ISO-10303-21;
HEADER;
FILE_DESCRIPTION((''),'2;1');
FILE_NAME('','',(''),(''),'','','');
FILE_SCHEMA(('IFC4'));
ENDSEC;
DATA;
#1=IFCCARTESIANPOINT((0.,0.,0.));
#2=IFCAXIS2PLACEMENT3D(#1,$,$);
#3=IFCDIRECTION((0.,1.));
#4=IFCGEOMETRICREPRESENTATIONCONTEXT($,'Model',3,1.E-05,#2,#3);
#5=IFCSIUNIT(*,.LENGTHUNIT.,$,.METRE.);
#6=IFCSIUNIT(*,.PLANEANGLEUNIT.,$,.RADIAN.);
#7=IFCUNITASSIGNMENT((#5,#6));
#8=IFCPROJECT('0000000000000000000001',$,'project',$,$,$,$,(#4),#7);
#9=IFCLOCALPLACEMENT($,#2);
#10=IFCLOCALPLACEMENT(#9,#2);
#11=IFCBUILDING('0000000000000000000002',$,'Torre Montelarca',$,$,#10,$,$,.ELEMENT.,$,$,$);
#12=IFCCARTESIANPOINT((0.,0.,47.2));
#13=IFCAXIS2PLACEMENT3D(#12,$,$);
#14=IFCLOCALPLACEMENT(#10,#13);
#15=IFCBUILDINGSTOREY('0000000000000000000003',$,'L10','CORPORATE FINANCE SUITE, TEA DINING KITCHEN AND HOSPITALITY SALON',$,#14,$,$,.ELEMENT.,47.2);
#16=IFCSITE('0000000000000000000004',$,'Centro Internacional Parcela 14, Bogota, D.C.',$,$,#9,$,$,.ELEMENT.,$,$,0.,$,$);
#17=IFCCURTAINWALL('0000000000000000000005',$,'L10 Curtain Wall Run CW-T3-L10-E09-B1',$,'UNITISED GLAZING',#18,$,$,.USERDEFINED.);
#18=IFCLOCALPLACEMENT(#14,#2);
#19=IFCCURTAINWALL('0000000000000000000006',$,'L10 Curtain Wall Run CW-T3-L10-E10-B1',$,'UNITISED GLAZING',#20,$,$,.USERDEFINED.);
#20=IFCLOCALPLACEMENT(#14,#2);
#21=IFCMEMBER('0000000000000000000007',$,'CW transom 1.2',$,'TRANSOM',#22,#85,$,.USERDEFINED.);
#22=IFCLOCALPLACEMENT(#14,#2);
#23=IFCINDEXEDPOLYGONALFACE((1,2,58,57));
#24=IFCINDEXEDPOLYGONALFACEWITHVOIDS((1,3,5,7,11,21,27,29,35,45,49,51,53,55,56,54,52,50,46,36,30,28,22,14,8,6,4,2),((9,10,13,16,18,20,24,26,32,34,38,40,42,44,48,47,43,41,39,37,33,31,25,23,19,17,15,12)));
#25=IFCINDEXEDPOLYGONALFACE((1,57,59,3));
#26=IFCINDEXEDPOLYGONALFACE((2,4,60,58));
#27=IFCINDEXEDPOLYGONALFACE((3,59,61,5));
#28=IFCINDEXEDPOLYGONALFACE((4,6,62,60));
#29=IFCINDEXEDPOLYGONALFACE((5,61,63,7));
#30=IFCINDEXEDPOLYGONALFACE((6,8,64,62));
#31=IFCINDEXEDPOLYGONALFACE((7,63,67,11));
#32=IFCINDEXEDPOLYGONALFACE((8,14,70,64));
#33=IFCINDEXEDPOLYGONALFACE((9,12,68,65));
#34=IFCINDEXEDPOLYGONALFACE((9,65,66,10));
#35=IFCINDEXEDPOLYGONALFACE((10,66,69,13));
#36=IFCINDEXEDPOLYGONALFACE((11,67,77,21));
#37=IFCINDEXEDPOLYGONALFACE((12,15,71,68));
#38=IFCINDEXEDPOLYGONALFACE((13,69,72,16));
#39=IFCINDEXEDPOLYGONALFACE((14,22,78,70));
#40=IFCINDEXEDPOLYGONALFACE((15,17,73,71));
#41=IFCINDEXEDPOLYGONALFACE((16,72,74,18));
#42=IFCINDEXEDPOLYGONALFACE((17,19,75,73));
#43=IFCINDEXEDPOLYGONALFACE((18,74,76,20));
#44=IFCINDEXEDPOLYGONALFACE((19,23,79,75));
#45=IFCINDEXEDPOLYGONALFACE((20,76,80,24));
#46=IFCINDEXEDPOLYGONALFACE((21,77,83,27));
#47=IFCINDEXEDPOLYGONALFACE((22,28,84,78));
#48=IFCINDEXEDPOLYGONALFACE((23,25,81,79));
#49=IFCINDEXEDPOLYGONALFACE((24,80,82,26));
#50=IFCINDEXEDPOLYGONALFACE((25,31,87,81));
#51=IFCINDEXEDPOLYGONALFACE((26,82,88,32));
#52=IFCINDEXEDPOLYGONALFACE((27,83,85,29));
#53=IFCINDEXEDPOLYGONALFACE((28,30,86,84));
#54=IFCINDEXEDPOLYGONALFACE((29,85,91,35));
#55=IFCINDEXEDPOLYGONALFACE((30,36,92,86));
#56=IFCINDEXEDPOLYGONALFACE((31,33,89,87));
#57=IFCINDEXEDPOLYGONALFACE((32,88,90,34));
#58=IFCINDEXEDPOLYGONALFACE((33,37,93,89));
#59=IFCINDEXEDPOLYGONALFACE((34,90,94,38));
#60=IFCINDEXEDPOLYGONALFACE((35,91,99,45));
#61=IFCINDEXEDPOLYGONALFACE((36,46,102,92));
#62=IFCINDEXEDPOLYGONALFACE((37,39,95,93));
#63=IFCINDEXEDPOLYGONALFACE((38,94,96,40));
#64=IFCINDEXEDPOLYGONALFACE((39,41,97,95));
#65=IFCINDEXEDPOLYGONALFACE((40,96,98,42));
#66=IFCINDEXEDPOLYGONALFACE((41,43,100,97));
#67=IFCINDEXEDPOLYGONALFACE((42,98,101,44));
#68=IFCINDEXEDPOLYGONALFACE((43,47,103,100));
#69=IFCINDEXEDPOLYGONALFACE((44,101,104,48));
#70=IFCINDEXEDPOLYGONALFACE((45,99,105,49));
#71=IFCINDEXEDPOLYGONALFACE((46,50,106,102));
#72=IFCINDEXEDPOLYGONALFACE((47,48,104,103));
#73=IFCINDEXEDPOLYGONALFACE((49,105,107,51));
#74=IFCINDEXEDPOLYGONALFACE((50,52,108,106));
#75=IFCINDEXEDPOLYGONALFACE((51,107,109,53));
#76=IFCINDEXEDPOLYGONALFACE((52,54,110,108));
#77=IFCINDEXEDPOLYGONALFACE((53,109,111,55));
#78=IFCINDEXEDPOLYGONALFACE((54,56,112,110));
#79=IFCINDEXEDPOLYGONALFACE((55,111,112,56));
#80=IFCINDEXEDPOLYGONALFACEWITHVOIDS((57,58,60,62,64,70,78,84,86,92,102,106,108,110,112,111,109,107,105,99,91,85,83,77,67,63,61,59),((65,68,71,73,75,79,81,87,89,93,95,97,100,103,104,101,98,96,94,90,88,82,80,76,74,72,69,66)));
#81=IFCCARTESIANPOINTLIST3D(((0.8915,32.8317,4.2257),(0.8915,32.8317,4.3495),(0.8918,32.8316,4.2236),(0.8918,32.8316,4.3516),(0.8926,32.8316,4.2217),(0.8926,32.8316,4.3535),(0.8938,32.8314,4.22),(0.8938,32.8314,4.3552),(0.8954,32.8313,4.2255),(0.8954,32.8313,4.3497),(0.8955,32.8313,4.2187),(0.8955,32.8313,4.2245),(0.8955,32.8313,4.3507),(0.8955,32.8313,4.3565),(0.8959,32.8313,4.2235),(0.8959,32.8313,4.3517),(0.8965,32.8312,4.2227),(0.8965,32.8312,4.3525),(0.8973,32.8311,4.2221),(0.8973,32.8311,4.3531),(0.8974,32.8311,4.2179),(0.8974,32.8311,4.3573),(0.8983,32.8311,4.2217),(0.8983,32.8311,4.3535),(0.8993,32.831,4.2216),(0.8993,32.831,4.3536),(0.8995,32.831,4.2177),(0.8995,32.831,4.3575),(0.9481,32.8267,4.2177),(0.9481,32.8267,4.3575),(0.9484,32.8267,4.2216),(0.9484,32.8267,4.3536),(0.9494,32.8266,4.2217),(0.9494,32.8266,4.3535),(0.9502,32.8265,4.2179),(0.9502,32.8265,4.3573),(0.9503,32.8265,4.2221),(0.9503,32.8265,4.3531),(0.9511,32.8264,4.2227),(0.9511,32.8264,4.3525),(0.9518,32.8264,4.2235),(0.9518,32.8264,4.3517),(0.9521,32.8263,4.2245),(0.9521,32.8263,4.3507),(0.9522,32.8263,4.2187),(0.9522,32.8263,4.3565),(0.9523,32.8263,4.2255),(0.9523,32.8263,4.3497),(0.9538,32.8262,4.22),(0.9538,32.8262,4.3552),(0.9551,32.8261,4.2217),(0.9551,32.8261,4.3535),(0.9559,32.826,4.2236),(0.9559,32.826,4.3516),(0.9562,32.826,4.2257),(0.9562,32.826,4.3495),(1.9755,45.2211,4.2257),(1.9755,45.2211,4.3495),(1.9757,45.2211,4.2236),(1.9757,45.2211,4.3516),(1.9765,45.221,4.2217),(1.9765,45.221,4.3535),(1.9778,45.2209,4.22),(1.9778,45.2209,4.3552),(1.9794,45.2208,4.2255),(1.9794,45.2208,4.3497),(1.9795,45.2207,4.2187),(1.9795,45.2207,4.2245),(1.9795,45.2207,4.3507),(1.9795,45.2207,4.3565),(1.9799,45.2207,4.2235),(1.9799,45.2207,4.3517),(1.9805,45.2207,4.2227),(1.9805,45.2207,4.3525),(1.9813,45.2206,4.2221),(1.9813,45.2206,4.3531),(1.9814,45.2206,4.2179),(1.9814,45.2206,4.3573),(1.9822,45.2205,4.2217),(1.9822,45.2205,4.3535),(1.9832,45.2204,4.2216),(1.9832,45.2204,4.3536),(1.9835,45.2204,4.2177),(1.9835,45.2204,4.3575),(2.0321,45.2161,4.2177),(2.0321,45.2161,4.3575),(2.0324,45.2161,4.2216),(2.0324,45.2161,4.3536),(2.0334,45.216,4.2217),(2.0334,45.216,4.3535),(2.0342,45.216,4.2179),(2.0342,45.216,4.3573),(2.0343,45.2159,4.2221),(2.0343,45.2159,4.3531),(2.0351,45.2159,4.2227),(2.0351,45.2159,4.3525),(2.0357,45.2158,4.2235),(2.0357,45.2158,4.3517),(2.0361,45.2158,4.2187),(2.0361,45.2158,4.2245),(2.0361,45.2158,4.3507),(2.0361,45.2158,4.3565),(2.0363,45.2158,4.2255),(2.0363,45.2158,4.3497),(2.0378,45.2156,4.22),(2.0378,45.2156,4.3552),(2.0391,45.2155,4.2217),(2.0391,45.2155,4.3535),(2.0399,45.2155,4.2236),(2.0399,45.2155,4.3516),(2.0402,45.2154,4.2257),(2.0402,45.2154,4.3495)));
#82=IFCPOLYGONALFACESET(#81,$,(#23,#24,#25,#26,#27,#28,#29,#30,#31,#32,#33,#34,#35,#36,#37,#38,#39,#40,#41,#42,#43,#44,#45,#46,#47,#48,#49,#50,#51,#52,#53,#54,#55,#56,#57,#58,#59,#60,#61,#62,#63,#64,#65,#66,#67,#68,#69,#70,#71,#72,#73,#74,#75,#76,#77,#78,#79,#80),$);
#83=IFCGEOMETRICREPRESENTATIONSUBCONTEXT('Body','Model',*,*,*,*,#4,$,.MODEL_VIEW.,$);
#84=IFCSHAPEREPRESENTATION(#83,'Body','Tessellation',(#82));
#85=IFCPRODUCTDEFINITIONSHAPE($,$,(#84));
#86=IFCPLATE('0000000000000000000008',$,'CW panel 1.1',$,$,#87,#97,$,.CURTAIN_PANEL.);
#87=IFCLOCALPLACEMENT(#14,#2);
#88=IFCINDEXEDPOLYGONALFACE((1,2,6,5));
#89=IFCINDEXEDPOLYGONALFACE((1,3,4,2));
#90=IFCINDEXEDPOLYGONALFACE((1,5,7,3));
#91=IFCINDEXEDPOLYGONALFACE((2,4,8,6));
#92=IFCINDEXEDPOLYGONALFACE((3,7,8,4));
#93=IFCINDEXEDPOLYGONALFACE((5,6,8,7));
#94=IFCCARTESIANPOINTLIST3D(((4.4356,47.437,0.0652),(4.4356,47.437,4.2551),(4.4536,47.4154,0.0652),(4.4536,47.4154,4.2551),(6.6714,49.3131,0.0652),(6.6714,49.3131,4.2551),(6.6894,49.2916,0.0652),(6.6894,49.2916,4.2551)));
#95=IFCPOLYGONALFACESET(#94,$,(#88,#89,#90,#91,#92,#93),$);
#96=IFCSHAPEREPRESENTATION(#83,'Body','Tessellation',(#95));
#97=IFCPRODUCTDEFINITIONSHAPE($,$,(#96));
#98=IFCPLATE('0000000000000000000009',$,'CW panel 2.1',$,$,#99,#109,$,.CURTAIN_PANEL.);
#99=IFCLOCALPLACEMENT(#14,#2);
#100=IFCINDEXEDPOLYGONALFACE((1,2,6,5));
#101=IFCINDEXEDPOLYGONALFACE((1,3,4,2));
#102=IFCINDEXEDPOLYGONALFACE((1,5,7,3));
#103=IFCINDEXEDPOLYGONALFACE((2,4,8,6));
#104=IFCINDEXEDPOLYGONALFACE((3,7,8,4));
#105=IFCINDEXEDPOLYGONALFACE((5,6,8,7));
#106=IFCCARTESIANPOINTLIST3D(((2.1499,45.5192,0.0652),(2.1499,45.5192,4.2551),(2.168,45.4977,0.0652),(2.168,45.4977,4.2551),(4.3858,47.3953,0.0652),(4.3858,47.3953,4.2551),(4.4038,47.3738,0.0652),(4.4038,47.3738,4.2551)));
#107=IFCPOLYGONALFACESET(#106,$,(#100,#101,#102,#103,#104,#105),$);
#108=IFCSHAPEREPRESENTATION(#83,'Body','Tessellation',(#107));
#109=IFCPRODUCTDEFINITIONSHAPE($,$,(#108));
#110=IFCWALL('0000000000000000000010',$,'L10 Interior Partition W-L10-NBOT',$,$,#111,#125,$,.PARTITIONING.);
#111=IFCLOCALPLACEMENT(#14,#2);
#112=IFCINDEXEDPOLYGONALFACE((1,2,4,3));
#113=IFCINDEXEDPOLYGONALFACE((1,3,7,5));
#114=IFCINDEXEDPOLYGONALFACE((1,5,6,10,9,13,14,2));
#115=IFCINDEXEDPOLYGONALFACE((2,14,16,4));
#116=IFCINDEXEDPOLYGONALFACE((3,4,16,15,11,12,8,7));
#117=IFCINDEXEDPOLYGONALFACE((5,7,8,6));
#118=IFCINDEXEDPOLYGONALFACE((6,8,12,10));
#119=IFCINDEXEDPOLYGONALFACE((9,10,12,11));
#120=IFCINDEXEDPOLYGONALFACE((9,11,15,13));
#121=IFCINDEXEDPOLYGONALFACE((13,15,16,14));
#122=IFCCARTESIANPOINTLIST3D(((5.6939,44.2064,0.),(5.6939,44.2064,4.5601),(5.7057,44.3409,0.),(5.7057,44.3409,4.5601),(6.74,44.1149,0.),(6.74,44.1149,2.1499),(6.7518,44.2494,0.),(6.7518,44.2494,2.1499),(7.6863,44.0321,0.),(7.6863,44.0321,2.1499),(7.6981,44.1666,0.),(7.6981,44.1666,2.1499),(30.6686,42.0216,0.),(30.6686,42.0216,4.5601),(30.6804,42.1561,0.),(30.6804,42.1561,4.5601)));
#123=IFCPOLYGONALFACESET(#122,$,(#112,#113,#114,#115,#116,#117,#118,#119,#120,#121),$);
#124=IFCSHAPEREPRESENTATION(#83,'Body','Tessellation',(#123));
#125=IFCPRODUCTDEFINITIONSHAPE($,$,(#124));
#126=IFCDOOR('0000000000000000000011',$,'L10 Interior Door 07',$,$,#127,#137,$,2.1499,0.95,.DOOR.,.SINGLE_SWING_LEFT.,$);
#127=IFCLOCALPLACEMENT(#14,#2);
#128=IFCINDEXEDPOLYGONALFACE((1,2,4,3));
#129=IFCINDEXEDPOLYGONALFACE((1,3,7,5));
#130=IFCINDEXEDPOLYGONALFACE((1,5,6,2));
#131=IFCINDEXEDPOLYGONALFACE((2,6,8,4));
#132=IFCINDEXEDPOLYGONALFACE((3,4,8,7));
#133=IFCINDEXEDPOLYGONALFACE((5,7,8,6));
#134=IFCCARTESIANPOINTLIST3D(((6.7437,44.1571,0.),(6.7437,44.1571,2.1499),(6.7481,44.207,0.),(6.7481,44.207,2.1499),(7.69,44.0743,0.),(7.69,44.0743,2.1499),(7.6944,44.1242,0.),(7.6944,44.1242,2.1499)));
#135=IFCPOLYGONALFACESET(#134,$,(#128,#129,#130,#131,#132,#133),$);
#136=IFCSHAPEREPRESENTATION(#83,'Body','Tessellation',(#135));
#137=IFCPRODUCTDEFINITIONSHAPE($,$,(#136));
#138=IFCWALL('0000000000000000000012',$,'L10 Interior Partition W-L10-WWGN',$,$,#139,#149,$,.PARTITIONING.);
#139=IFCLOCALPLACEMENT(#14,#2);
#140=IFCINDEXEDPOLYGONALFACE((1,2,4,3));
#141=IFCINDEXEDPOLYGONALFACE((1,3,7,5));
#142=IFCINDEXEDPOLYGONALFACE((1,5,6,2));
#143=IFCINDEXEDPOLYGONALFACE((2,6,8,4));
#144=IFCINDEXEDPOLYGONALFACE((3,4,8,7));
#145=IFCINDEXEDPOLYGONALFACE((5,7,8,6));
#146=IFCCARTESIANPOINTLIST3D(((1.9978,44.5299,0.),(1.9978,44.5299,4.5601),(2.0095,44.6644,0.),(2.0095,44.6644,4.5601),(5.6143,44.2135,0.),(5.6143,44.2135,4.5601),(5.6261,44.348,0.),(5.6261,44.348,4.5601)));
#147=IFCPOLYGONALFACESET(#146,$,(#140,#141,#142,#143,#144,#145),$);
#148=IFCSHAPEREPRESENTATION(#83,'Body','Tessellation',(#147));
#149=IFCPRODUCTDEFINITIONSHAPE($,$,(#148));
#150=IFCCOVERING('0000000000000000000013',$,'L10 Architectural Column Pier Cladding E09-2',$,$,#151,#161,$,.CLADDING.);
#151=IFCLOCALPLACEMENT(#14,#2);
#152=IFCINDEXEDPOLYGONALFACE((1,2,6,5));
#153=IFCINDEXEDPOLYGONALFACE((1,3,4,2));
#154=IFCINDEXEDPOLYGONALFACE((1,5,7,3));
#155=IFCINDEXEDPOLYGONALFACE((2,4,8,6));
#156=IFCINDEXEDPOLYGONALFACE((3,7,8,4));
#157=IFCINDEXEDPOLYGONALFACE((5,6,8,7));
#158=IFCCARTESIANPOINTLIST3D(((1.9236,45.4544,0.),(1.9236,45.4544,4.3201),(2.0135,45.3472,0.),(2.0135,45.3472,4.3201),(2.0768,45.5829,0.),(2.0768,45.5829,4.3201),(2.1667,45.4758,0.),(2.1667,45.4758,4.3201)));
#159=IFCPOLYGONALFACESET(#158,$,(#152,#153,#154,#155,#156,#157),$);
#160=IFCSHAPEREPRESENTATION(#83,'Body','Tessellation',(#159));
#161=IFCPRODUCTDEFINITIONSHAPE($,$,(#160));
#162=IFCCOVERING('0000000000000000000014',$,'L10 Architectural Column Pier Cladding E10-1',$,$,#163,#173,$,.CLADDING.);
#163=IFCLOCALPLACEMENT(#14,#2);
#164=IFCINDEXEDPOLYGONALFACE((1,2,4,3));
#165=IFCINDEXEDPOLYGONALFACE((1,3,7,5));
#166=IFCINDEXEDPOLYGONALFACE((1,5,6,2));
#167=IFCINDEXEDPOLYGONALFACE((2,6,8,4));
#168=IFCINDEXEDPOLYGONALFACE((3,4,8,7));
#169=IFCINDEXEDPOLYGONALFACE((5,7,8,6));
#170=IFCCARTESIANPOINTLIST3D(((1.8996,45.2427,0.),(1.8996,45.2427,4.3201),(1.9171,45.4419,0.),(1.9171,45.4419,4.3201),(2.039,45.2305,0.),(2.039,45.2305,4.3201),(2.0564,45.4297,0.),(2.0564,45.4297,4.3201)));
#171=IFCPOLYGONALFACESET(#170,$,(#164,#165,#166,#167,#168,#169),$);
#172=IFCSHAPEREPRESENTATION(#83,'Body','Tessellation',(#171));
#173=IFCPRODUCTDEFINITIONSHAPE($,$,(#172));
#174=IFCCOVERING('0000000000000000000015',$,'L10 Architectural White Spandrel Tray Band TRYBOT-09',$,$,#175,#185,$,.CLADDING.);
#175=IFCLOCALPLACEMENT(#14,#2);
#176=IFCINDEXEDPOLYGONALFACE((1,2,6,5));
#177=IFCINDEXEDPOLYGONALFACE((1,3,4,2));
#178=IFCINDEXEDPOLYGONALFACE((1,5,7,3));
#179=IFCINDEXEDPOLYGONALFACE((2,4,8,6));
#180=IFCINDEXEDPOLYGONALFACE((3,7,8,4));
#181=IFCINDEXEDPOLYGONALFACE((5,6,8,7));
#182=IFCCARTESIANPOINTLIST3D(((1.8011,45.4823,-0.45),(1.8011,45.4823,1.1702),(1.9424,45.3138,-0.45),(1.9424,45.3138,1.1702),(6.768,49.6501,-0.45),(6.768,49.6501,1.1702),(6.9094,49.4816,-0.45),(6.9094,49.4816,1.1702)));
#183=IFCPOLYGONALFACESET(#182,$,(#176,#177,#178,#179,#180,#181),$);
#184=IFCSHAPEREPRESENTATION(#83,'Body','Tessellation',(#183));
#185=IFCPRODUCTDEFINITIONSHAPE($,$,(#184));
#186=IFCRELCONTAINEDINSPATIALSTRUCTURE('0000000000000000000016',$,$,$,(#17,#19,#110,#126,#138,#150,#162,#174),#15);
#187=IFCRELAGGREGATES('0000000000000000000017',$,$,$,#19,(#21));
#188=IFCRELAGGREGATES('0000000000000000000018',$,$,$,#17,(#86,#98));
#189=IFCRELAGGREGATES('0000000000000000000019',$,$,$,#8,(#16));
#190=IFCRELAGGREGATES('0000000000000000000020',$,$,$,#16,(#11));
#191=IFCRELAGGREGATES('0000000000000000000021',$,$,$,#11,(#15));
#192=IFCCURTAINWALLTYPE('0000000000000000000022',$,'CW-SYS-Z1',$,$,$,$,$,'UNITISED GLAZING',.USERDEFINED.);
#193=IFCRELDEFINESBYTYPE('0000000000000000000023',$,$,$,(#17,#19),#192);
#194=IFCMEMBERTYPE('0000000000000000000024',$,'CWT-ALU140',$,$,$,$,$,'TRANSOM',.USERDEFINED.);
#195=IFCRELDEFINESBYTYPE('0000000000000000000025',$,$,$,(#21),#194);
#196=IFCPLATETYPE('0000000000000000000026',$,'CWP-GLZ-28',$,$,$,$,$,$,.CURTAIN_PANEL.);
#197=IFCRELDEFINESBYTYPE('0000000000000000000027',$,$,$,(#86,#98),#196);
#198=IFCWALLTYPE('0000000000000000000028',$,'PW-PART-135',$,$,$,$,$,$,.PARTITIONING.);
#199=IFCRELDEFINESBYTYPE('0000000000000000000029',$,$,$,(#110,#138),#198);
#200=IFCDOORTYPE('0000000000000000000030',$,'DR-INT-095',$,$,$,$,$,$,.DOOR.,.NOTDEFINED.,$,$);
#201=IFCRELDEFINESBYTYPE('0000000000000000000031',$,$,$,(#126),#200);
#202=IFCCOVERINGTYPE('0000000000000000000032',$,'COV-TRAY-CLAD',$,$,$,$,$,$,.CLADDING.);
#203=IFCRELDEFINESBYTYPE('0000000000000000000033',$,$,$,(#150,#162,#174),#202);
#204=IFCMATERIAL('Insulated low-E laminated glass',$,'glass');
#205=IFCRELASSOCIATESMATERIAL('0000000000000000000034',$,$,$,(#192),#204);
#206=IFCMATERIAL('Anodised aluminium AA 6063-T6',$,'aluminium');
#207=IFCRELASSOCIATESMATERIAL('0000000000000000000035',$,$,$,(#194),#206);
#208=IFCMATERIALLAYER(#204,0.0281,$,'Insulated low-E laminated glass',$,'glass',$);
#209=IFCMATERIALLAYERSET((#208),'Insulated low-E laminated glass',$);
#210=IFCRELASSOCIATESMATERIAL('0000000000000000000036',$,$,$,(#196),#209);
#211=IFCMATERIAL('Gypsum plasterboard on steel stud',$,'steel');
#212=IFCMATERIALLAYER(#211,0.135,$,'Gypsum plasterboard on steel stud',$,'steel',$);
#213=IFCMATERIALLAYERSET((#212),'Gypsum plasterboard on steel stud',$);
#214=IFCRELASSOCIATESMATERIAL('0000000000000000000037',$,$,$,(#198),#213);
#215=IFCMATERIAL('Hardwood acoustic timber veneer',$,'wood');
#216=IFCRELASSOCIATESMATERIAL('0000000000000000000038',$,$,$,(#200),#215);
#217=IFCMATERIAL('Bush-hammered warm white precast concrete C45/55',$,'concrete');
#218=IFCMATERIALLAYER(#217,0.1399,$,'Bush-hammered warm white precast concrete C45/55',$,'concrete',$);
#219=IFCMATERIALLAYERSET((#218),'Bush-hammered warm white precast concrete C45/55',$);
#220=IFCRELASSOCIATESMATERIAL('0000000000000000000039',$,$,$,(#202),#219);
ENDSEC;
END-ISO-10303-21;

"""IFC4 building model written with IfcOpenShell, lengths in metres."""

from ifc_helpers import new_model, si_unit, direction, frame, frame_2d, origin, origin_2d, place, context, subcontext, project, spatial, rectangle, hollow_rectangle, extrude, source, transform, mapped, material, layer, layer_set, material_profile, profile_set, type_object, element, fill, aggregate, save


model = new_model("IFC4")

# Units and contexts
model_context = context("Model", 3, precision=1e-05, world=origin(), true_north=direction((0.0, 1.0)))
body_context = subcontext(model_context, "Body", "Model", "MODEL_VIEW")
ifc_project = project(units=[si_unit("LENGTHUNIT", "METRE"), si_unit("PLANEANGLEUNIT", "RADIAN")], contexts=[model_context])

# Site, building, storey
site_placement = place(None, origin())
site = spatial("IfcSite", under=ifc_project, at=site_placement, Name="Centro Internacional Parcela 14, Bogota, D.C.", CompositionType="ELEMENT", RefElevation=0.0)
building_placement = place(site_placement, origin())
building = spatial("IfcBuilding", under=site, at=building_placement, Name="Torre Montelarca", CompositionType="ELEMENT")
storey_placement = place(building_placement, frame((0.0, 0.0, 47.2)))
storey = spatial("IfcBuildingStorey", under=building, at=storey_placement, Name="L10", Description="CORPORATE FINANCE SUITE, TEA DINING KITCHEN AND HOSPITALITY SALON", CompositionType="ELEMENT", Elevation=47.2)

# Curtain wall
ifc_material_1 = material(Name="Insulated low-E laminated glass", Category="glass")
curtain_wall_type = type_object("IfcCurtainWallType", Name="CW-SYS-Z1", ElementType="UNITISED GLAZING", PredefinedType="USERDEFINED", material=ifc_material_1)
curtain_wall_1_placement = place(storey_placement, origin())
curtain_wall_1 = element("IfcCurtainWall", 1, at=curtain_wall_1_placement, inside=storey, type_object=curtain_wall_type, Name="L10 Curtain Wall Run CW-T3-L10-E09-B1", ObjectType="UNITISED GLAZING", PredefinedType="USERDEFINED")
ifc_material_2 = material(Name="Anodised aluminium AA 6063-T6", Category="aluminium")

# Curtain wall
curtain_wall_2_placement = place(storey_placement, origin())
curtain_wall_2 = element("IfcCurtainWall", 2, at=curtain_wall_2_placement, inside=storey, type_object=curtain_wall_type, Name="L10 Curtain Wall Run CW-T3-L10-E10-B1", ObjectType="UNITISED GLAZING", PredefinedType="USERDEFINED")

# Member
ifc_material_profile_1 = material_profile(ifc_material_2, hollow_rectangle(XDim=0.0649, YDim=0.1399, WallThickness=0.0039, InnerFilletRadius=0.0039, OuterFilletRadius=0.0081, at=origin_2d()), Name="ALU65X140X4", Category="aluminium")
ifc_profile_set_1 = profile_set([ifc_material_profile_1], Name="Anodised aluminium AA 6063-T6")
member_type_1 = type_object("IfcMemberType", Name="CWT-ALU140", ElementType="TRANSOM", PredefinedType="USERDEFINED", material=ifc_profile_set_1)
shared_shape_1 = source(origin(), body_context, "Body", "SweptSolid", [
    extrude(hollow_rectangle(XDim=0.0649, YDim=0.1399, WallThickness=0.0039, InnerFilletRadius=0.0039, OuterFilletRadius=0.0081, at=origin_2d()), origin(), (0.0, 0.0, 1.0), 12.4368),
])
member_1_placement = place(storey_placement, frame((2.0078, 45.2183, 4.2876), z_axis=(-0.08716, -0.996194, 0.0), x_axis=(0.996194, -0.08716, 0.0)))
member_1 = element("IfcMember", 3, at=member_1_placement, type_object=member_type_1, Name="CW transom 1.2", ObjectType="TRANSOM", PredefinedType="USERDEFINED", context=body_context, shape_type="MappedRepresentation", body=[
    mapped(shared_shape_1, transform((0.0, 0.0, 0.0), scale=1.0)),
])
aggregate(curtain_wall_2, [member_1])

# Plates
ifc_layer_1 = layer(ifc_material_1, 0.0281, Name="Insulated low-E laminated glass", Category="glass")
ifc_layer_set_1 = layer_set([ifc_layer_1], Name="Insulated low-E laminated glass")
plate_type = type_object("IfcPlateType", Name="CWP-GLZ-28", PredefinedType="CURTAIN_PANEL", material=ifc_layer_set_1)
shared_shape_2 = source(origin(), body_context, "Body", "SweptSolid", [
    extrude(rectangle(XDim=2.9187, YDim=0.0281, at=origin_2d()), origin(), (0.0, 0.0, 1.0), 4.1899),
])
plate_1_placement = place(storey_placement, frame((5.5625, 48.3643, 0.0652), z_axis=(0.0, 0.0, 1.0), x_axis=(-0.766043, -0.64279, 0.0)))
plate_1 = element("IfcPlate", 4, at=plate_1_placement, type_object=plate_type, Name="CW panel 1.1", PredefinedType="CURTAIN_PANEL", context=body_context, shape_type="MappedRepresentation", body=[
    mapped(shared_shape_2, transform((0.0, 0.0, 0.0), scale=1.0)),
])
plate_2_placement = place(storey_placement, frame((3.2769, 46.4465, 0.0652), z_axis=(0.0, 0.0, 1.0), x_axis=(-0.766043, -0.64279, 0.0)))
plate_2 = element("IfcPlate", 5, at=plate_2_placement, type_object=plate_type, Name="CW panel 2.1", PredefinedType="CURTAIN_PANEL", context=body_context, shape_type="MappedRepresentation", body=[
    mapped(shared_shape_2, transform((0.0, 0.0, 0.0), scale=1.0)),
])
aggregate(curtain_wall_1, [plate_1, plate_2])

# Wall, opening, door
ifc_material_3 = material(Name="Gypsum plasterboard on steel stud", Category="steel")
ifc_layer_2 = layer(ifc_material_3, 0.135, Name="Gypsum plasterboard on steel stud", Category="steel")
ifc_layer_set_2 = layer_set([ifc_layer_2], Name="Gypsum plasterboard on steel stud")
wall_type = type_object("IfcWallType", Name="PW-PART-135", PredefinedType="PARTITIONING", material=ifc_layer_set_2)
wall_1_placement = place(storey_placement, frame((5.6997, 44.2737, 0.0), z_axis=(0.0, 0.0, 1.0), x_axis=(0.996195, -0.087149, 0.0)))
wall_1 = element("IfcWall", 6, at=wall_1_placement, inside=storey, type_object=wall_type, Name="L10 Interior Partition W-L10-NBOT", PredefinedType="PARTITIONING", context=body_context, shape_type="SweptSolid", body=[
    extrude(rectangle(XDim=25.0701, YDim=0.135, at=frame_2d((12.5352, 0.0))), origin(), (0.0, 0.0, 1.0), 4.5601),
])
opening_placement = place(wall_1_placement, frame((1.05, 0.0, 0.0)))
opening = element("IfcOpeningElement", 7, at=opening_placement, cuts=wall_1, PredefinedType="OPENING", context=body_context, shape_type="SweptSolid", body=[
    extrude(rectangle(XDim=0.95, YDim=2.1499, at=frame_2d((0.4751, 1.075))), frame((0.0, 0.0776, 0.0), z_axis=(0.0, -1.0, 0.0), x_axis=(1.0, 0.0, 0.0)), (0.0, 0.0, 1.0), 0.155),
])
ifc_material_4 = material(Name="Hardwood acoustic timber veneer", Category="wood")
door_type = type_object("IfcDoorType", Name="DR-INT-095", OperationType="NOTDEFINED", PredefinedType="DOOR", material=ifc_material_4)
shared_shape_3 = source(origin(), body_context, "Body", "SweptSolid", [
    extrude(rectangle(XDim=0.95, YDim=2.1499, at=frame_2d((0.4751, 1.075))), frame((0.0, 0.0249, 0.0), z_axis=(0.0, -1.0, 0.0), x_axis=(1.0, 0.0, 0.0)), (0.0, 0.0, 1.0), 0.05),
])
door_placement = place(opening_placement, origin())
door = element("IfcDoor", 8, at=door_placement, inside=storey, type_object=door_type, Name="L10 Interior Door 07", OperationType="SINGLE_SWING_LEFT", OverallHeight=2.1499, OverallWidth=0.95, PredefinedType="DOOR", context=body_context, shape_type="MappedRepresentation", body=[
    mapped(shared_shape_3, transform((0.0, 0.0, 0.0), scale=1.0)),
])
fill(opening, door)

# Wall
wall_2_placement = place(storey_placement, frame((2.0037, 44.5972, 0.0), z_axis=(0.0, 0.0, 1.0), x_axis=(0.996195, -0.087158, 0.0)))
element("IfcWall", 9, at=wall_2_placement, inside=storey, type_object=wall_type, Name="L10 Interior Partition W-L10-WWGN", PredefinedType="PARTITIONING", context=body_context, shape_type="SweptSolid", body=[
    extrude(rectangle(XDim=3.6304, YDim=0.135, at=frame_2d((1.8152, 0.0))), origin(), (0.0, 0.0, 1.0), 4.5601),
])

# Coverings
ifc_material_5 = material(Name="Bush-hammered warm white precast concrete C45/55", Category="concrete")
ifc_layer_3 = layer(ifc_material_5, 0.1399, Name="Bush-hammered warm white precast concrete C45/55", Category="concrete")
ifc_layer_set_3 = layer_set([ifc_layer_3], Name="Bush-hammered warm white precast concrete C45/55")
covering_type = type_object("IfcCoveringType", Name="COV-TRAY-CLAD", PredefinedType="CLADDING", material=ifc_layer_set_3)
shared_shape_4 = source(origin(), body_context, "Body", "SweptSolid", [
    extrude(rectangle(XDim=0.2, YDim=0.1399, at=origin_2d()), origin(), (0.0, 0.0, 1.0), 4.3201),
])
for number, where, z_axis, x_axis, name in (
    (10, (2.0452, 45.4651, 0.0), (0.0, 0.0, 1.0), (-0.766039, -0.642794, 0.0), "L10 Architectural Column Pier Cladding E09-2"),
    (11, (1.978, 45.3362, 0.0), (0.0, 0.0, 1.0), (-0.087161, -0.996194, 0.0), "L10 Architectural Column Pier Cladding E10-1"),
):
    element("IfcCovering", number, at=place(storey_placement, frame(where, z_axis=z_axis, x_axis=x_axis)), inside=storey, type_object=covering_type, Name=name, PredefinedType="CLADDING", context=body_context, shape_type="MappedRepresentation", body=[
        mapped(shared_shape_4, transform((0.0, 0.0, 0.0), scale=1.0)),
    ])
shared_shape_5 = source(origin(), body_context, "Body", "SweptSolid", [
    extrude(rectangle(XDim=6.4839, YDim=0.22, at=origin_2d()), origin(), (0.0, 0.0, 1.0), 1.6201),
])
covering_placement = place(storey_placement, frame((4.3552, 47.4819, -0.45), z_axis=(0.0, 0.0, 1.0), x_axis=(-0.766044, -0.642788, 0.0)))
element("IfcCovering", 12, at=covering_placement, inside=storey, type_object=covering_type, Name="L10 Architectural White Spandrel Tray Band TRYBOT-09", PredefinedType="CLADDING", context=body_context, shape_type="MappedRepresentation", body=[
    mapped(shared_shape_5, transform((0.0, 0.0, 0.0), scale=1.0)),
])

save(model, "model.ifc")
